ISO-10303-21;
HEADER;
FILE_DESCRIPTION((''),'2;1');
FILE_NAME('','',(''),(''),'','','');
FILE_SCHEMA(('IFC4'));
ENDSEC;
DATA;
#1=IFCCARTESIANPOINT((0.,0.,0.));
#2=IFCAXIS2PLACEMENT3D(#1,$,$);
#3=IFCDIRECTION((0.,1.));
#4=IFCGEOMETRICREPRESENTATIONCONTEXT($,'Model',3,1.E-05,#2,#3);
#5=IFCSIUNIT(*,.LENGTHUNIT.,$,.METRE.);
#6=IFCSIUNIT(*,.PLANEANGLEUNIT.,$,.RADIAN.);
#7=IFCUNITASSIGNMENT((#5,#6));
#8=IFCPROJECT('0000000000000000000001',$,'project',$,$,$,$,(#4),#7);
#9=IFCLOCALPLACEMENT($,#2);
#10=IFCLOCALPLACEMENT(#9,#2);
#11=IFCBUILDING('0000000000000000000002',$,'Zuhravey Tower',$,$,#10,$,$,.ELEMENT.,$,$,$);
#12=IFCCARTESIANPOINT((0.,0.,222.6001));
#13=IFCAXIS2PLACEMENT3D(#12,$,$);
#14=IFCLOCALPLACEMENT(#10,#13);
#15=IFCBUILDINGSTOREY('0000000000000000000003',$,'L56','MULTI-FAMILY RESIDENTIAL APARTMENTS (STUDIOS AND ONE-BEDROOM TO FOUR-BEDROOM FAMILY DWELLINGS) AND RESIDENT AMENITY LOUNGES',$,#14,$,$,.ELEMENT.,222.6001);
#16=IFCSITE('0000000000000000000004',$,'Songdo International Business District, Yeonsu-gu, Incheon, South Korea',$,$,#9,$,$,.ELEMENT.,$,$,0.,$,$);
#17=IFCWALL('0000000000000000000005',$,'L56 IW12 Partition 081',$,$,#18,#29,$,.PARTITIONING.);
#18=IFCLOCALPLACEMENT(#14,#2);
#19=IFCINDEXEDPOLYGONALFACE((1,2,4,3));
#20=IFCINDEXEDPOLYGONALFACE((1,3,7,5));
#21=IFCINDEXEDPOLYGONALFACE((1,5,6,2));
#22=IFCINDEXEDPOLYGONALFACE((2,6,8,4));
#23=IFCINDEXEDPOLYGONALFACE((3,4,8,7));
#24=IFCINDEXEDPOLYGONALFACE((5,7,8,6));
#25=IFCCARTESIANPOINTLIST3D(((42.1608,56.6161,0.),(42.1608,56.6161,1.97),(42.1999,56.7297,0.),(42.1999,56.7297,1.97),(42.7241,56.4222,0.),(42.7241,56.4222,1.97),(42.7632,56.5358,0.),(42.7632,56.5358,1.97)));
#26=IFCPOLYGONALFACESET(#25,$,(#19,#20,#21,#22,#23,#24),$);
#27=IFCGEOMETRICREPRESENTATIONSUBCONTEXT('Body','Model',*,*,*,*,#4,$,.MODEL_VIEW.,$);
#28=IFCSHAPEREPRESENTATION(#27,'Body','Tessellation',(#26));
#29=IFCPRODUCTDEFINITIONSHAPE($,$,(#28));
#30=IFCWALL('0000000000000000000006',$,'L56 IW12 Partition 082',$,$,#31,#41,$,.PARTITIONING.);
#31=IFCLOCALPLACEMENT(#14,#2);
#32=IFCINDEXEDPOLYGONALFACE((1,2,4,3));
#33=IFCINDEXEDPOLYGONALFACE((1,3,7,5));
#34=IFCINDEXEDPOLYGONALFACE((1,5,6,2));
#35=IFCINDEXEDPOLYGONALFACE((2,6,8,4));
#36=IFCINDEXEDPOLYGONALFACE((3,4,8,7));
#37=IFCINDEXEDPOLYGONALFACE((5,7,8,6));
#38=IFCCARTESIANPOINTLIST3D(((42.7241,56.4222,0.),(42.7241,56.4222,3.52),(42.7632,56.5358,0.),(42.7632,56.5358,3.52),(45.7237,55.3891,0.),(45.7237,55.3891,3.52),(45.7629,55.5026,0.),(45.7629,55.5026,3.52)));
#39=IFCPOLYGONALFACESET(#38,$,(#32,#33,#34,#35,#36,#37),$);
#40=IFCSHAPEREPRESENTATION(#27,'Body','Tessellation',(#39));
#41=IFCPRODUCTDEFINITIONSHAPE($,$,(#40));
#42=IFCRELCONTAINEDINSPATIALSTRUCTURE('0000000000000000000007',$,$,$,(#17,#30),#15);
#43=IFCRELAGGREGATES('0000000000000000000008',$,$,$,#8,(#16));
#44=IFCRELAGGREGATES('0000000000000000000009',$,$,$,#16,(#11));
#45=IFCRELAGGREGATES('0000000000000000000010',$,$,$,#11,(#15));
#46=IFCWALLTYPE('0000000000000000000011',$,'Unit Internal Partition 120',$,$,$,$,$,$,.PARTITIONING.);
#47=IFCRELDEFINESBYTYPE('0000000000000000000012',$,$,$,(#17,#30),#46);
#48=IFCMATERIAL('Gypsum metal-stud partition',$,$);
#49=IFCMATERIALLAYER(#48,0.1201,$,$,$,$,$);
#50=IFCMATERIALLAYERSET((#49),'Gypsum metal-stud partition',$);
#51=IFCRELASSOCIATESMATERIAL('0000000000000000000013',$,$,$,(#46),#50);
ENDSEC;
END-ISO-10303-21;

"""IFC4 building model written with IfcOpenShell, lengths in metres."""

from ifc_helpers import new_model, si_unit, direction, frame, frame_2d, origin, place, context, subcontext, project, spatial, rectangle, extrude, material, layer, layer_set, type_object, element, save


model = new_model("IFC4")

# Units and contexts
model_context = context("Model", 3, precision=1e-05, world=origin(), true_north=direction((0.0, 1.0)))
body_context = subcontext(model_context, "Body", "Model", "MODEL_VIEW")
ifc_project = project(units=[si_unit("LENGTHUNIT", "METRE"), si_unit("PLANEANGLEUNIT", "RADIAN")], contexts=[model_context])

# Site, building, storey
site_placement = place(None, origin())
site = spatial("IfcSite", under=ifc_project, at=site_placement, Name="Songdo International Business District, Yeonsu-gu, Incheon, South Korea", CompositionType="ELEMENT", RefElevation=0.0)
building_placement = place(site_placement, origin())
building = spatial("IfcBuilding", under=site, at=building_placement, Name="Zuhravey Tower", CompositionType="ELEMENT")
storey_placement = place(building_placement, frame((0.0, 0.0, 222.6001)))
storey = spatial("IfcBuildingStorey", under=building, at=storey_placement, Name="L56", Description="MULTI-FAMILY RESIDENTIAL APARTMENTS (STUDIOS AND ONE-BEDROOM TO FOUR-BEDROOM FAMILY DWELLINGS) AND RESIDENT AMENITY LOUNGES", CompositionType="ELEMENT", Elevation=222.6001)

# Shared definitions
ifc_material_1 = material(Name="Gypsum metal-stud partition")
ifc_layer_1 = layer(ifc_material_1, 0.1201)
ifc_layer_set_1 = layer_set([ifc_layer_1], Name="Gypsum metal-stud partition")
wall_type = type_object("IfcWallType", Name="Unit Internal Partition 120", PredefinedType="PARTITIONING", material=ifc_layer_set_1)

# Walls
wall_1_placement = place(storey_placement, frame((42.7437, 56.479, 0.0), z_axis=(0.0, 0.0, 1.0), x_axis=(-0.945564, 0.325435, 0.0)))
element("IfcWall", 1, at=wall_1_placement, inside=storey, type_object=wall_type, Name="L56 IW12 Partition 081", PredefinedType="PARTITIONING", context=body_context, shape_type="SweptSolid", body=[
    extrude(rectangle(XDim=0.5957, YDim=0.1201, at=frame_2d((0.2979, 0.0))), origin(), (0.0, 0.0, 1.0), 1.97),
])
wall_2_placement = place(storey_placement, frame((45.7434, 55.4458, 0.0), z_axis=(0.0, 0.0, 1.0), x_axis=(-0.945489, 0.325654, 0.0)))
element("IfcWall", 2, at=wall_2_placement, inside=storey, type_object=wall_type, Name="L56 IW12 Partition 082", PredefinedType="PARTITIONING", context=body_context, shape_type="SweptSolid", body=[
    extrude(rectangle(XDim=3.1726, YDim=0.1201, at=frame_2d((1.5864, 0.0))), origin(), (0.0, 0.0, 1.0), 3.52),
])

save(model, "model.ifc")
